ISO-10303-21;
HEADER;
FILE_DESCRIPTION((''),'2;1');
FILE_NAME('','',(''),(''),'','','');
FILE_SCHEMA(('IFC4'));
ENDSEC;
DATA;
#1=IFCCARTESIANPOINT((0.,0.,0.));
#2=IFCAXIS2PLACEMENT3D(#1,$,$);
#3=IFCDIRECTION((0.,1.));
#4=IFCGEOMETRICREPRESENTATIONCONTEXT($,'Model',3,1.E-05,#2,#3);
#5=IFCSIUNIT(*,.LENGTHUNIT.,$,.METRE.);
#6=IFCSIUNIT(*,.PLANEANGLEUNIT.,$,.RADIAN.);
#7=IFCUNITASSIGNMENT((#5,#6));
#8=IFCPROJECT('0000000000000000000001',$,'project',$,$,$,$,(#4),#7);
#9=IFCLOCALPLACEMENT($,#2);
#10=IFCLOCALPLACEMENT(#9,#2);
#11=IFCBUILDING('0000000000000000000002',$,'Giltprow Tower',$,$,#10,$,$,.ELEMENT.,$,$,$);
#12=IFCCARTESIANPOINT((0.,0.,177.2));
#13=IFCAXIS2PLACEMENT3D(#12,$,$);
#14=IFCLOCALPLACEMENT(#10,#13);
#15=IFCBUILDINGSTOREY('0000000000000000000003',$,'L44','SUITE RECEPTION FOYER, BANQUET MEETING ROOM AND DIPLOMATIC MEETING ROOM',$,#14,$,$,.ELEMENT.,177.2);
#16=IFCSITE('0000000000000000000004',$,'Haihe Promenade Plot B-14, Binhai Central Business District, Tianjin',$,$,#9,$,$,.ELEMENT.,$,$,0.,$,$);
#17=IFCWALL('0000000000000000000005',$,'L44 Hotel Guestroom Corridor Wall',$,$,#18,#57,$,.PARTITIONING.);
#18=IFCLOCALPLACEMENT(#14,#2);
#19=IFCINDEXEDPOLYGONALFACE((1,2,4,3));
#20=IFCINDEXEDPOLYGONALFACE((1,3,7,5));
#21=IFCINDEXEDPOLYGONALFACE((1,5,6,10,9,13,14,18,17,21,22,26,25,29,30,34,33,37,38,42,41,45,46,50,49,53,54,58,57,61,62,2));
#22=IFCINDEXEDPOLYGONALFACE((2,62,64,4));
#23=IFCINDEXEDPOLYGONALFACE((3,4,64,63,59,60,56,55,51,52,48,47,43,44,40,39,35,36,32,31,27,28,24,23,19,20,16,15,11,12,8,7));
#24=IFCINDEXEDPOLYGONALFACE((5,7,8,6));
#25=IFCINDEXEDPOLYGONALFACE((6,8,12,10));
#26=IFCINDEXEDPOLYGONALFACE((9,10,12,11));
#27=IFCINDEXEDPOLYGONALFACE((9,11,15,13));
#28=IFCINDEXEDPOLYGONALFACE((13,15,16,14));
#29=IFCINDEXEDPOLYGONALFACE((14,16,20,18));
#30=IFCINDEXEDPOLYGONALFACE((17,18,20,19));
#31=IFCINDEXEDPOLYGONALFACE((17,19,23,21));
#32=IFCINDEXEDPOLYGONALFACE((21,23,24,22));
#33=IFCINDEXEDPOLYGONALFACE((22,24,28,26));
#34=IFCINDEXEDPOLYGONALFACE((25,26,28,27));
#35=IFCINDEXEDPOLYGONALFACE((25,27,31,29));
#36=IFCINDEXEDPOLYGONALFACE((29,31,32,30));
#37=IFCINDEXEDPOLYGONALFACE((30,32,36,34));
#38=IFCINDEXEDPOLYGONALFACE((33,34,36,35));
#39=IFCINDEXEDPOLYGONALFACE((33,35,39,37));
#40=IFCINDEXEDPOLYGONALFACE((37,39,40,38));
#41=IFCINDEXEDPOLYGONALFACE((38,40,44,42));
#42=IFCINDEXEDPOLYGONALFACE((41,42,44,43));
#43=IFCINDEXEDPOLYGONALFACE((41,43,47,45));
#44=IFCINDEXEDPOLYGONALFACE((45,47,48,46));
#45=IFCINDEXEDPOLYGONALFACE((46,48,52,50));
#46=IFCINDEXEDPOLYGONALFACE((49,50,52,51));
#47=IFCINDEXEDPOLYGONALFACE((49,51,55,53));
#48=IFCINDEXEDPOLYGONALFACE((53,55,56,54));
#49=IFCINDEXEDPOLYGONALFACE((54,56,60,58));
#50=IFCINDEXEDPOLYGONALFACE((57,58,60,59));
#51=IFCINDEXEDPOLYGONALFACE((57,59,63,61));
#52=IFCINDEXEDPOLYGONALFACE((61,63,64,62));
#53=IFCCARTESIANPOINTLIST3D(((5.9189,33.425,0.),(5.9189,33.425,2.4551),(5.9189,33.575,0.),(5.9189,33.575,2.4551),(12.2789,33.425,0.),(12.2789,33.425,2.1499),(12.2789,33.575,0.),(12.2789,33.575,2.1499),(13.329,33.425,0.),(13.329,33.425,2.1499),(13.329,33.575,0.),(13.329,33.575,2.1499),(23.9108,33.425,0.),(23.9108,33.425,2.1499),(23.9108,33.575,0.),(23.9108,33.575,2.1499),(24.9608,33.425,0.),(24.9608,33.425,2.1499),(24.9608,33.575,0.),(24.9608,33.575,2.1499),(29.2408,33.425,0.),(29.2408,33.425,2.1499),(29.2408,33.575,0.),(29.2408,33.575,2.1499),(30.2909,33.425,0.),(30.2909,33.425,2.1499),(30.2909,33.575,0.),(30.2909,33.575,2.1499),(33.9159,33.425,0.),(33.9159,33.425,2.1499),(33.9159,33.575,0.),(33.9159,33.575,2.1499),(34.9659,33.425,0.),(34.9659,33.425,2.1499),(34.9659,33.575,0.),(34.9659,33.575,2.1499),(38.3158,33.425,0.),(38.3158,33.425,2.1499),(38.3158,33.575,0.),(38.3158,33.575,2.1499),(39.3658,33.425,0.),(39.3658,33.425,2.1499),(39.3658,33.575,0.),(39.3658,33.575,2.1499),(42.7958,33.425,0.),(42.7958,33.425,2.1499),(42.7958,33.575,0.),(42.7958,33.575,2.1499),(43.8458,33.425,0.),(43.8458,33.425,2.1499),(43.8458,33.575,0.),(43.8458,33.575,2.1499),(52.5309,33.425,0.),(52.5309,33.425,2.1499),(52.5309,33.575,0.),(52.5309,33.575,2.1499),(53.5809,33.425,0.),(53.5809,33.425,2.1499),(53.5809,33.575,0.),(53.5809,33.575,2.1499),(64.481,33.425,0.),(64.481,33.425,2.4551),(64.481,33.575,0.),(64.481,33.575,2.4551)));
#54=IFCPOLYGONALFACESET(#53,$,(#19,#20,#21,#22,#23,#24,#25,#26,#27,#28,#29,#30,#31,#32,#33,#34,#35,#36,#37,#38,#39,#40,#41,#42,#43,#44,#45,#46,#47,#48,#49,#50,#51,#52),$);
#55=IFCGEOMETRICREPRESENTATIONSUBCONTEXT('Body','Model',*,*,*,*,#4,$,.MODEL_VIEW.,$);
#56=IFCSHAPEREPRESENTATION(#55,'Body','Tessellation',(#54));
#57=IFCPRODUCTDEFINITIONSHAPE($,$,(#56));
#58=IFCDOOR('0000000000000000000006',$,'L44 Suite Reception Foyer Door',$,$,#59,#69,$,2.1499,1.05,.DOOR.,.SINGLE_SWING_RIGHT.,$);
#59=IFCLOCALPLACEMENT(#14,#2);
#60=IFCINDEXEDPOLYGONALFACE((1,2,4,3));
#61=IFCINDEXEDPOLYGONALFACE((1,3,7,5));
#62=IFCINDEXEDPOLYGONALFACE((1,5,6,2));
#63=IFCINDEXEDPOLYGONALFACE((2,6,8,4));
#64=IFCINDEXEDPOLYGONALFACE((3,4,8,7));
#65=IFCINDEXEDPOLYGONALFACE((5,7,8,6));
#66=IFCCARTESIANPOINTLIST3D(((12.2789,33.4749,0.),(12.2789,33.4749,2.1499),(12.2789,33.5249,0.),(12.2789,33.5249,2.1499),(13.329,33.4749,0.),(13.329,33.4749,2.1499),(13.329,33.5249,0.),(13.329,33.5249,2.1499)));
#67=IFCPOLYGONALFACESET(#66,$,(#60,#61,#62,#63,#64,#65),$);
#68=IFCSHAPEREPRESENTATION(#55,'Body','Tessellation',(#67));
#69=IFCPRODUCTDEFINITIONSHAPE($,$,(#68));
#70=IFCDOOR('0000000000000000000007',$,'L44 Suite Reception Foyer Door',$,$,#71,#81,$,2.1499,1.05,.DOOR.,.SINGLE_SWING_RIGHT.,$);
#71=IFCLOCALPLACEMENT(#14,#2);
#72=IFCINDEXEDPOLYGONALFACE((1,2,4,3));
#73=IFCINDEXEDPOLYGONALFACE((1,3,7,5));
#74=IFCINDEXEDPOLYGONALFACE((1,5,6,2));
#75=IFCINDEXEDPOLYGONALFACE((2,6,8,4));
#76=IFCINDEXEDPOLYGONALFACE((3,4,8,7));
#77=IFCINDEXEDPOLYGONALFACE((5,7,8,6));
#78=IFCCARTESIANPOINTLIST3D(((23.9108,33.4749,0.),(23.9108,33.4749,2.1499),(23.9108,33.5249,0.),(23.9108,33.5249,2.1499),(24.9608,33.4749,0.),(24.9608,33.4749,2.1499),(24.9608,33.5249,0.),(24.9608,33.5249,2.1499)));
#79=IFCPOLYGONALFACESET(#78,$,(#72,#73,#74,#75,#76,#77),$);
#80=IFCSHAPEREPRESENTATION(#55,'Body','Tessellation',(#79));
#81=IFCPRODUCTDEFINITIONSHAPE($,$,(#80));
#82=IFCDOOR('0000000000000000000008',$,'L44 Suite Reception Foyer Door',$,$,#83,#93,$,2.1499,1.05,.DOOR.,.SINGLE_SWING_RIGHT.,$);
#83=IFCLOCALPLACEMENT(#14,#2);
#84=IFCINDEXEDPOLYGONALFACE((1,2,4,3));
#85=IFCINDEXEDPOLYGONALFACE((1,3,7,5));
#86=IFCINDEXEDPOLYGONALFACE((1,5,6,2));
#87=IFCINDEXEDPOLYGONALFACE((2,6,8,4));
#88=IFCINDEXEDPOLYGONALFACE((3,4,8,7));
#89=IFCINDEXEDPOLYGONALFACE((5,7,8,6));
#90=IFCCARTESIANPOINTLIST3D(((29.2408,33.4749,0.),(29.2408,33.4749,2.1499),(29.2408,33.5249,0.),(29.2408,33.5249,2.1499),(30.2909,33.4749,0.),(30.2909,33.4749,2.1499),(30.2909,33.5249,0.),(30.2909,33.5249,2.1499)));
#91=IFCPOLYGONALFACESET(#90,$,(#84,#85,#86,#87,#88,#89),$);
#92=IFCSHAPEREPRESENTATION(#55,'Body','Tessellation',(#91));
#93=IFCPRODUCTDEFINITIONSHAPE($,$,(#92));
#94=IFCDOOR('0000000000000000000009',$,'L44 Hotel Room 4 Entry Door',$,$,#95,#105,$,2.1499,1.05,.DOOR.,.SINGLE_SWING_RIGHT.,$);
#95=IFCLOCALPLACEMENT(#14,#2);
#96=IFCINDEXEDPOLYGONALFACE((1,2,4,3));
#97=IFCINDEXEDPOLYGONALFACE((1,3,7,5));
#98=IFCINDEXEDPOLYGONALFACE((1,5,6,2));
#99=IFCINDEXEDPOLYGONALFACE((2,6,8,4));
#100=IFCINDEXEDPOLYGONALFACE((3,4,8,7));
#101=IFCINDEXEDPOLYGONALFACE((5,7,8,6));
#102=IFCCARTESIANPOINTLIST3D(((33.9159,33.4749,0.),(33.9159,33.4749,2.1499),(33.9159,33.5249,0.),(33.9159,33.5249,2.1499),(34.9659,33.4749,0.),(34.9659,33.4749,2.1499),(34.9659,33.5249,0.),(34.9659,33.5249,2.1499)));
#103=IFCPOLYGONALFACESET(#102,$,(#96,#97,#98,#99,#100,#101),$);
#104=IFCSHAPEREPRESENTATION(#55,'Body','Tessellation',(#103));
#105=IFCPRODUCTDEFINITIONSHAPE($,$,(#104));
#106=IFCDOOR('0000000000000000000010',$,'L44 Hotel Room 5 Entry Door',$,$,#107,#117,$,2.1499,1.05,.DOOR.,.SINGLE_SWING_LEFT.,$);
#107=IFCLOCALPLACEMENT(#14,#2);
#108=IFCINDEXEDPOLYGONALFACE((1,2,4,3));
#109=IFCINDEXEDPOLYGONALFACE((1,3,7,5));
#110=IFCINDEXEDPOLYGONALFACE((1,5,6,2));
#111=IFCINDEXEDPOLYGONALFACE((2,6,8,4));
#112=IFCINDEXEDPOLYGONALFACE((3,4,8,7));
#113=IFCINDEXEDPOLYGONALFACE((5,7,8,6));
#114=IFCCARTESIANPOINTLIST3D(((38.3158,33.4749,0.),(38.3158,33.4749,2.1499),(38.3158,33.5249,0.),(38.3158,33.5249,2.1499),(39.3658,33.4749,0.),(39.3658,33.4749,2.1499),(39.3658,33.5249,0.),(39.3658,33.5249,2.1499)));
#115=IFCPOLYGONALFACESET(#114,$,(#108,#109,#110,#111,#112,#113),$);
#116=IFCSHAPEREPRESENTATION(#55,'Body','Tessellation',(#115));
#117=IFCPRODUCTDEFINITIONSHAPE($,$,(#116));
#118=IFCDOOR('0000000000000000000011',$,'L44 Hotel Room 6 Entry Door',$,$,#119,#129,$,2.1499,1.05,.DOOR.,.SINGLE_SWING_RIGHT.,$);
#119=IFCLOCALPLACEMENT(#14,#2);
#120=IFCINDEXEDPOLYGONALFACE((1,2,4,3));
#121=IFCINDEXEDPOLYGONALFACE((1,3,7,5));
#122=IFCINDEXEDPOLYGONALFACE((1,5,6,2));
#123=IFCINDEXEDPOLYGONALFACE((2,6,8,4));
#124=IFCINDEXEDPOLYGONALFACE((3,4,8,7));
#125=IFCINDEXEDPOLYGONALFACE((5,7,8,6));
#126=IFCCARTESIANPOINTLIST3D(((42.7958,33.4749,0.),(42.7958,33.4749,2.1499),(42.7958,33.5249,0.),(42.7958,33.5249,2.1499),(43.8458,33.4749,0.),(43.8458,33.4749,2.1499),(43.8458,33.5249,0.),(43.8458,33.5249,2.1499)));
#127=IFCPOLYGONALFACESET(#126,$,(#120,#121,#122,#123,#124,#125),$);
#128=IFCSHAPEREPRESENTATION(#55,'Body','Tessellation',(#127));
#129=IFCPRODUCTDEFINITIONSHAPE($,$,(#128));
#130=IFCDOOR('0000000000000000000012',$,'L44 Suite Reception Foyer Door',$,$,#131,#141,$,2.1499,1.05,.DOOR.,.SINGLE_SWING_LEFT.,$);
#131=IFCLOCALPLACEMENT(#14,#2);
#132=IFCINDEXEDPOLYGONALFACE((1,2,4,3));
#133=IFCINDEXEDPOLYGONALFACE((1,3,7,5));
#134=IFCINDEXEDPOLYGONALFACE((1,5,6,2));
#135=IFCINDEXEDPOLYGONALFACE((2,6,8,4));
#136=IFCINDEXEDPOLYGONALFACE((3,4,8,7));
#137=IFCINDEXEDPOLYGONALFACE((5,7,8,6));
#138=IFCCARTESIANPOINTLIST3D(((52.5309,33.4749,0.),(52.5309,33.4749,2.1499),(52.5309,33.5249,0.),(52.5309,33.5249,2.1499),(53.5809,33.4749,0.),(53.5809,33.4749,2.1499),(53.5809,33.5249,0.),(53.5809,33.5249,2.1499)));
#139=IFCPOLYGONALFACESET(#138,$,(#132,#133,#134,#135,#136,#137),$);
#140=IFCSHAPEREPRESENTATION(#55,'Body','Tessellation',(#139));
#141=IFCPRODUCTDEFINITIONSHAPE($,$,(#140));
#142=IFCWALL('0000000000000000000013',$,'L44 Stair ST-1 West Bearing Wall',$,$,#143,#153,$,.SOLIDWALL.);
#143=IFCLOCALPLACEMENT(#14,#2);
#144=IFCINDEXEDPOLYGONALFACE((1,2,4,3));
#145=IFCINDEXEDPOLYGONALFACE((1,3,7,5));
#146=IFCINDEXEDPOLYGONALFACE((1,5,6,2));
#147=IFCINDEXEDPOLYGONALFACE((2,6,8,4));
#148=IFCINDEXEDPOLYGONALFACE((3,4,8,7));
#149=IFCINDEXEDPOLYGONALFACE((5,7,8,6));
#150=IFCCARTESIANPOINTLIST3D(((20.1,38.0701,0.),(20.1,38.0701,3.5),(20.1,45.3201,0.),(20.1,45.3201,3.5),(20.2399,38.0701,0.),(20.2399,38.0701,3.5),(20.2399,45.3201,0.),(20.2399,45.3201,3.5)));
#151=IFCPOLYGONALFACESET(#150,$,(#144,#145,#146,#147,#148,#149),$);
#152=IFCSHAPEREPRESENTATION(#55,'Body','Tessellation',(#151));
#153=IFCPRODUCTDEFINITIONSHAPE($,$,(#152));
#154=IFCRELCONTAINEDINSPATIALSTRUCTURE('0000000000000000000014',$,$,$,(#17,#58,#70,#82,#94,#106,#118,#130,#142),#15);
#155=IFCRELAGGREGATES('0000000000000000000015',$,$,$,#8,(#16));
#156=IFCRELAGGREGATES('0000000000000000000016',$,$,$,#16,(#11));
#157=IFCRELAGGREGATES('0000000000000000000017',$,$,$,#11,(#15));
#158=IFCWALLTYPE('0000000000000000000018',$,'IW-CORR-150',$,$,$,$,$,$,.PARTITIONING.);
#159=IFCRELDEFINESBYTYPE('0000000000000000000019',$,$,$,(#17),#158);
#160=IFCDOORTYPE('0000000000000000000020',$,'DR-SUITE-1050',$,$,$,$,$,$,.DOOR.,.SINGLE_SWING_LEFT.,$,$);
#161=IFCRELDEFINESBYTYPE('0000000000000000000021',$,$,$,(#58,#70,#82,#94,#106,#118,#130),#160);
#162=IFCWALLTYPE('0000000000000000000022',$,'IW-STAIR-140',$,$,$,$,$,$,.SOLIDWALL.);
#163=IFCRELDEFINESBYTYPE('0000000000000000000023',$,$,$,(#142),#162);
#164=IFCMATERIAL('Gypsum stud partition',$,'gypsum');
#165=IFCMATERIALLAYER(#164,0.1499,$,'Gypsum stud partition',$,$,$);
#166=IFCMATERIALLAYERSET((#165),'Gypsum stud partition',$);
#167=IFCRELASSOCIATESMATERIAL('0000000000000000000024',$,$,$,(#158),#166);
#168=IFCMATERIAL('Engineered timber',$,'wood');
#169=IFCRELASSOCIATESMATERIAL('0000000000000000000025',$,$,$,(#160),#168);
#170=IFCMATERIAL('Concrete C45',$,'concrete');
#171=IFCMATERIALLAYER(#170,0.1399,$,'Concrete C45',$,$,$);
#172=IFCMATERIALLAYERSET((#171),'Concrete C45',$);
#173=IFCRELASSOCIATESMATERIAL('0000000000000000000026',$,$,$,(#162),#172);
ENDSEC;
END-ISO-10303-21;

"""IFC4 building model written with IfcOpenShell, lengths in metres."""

from ifc_helpers import new_model, si_unit, direction, frame, frame_2d, origin, place, context, subcontext, project, spatial, rectangle, extrude, source, transform, mapped, material, layer, layer_set, type_object, element, fill, save


model = new_model("IFC4")

# Units and contexts
model_context = context("Model", 3, precision=1e-05, world=origin(), true_north=direction((0.0, 1.0)))
body_context = subcontext(model_context, "Body", "Model", "MODEL_VIEW")
ifc_project = project(units=[si_unit("LENGTHUNIT", "METRE"), si_unit("PLANEANGLEUNIT", "RADIAN")], contexts=[model_context])

# Site, building, storey
site_placement = place(None, origin())
site = spatial("IfcSite", under=ifc_project, at=site_placement, Name="Haihe Promenade Plot B-14, Binhai Central Business District, Tianjin", CompositionType="ELEMENT", RefElevation=0.0)
building_placement = place(site_placement, origin())
building = spatial("IfcBuilding", under=site, at=building_placement, Name="Giltprow Tower", CompositionType="ELEMENT")
storey_placement = place(building_placement, frame((0.0, 0.0, 177.2)))
storey = spatial("IfcBuildingStorey", under=building, at=storey_placement, Name="L44", Description="SUITE RECEPTION FOYER, BANQUET MEETING ROOM AND DIPLOMATIC MEETING ROOM", CompositionType="ELEMENT", Elevation=177.2)

# Wall, openings, doors
ifc_material_1 = material(Name="Gypsum stud partition", Category="gypsum")
ifc_layer_1 = layer(ifc_material_1, 0.1499, Name="Gypsum stud partition")
ifc_layer_set_1 = layer_set([ifc_layer_1], Name="Gypsum stud partition")
wall_type_1 = type_object("IfcWallType", Name="IW-CORR-150", PredefinedType="PARTITIONING", material=ifc_layer_set_1)
wall_1_placement = place(storey_placement, frame((5.9189, 33.5, 0.0), z_axis=(0.0, 0.0, 1.0), x_axis=(1.0, 0.0, 0.0)))
wall_1 = element("IfcWall", 1, at=wall_1_placement, inside=storey, type_object=wall_type_1, Name="L44 Hotel Guestroom Corridor Wall", PredefinedType="PARTITIONING", context=body_context, shape_type="SweptSolid", body=[
    extrude(rectangle(XDim=58.562, YDim=0.1499, at=frame_2d((29.281, 0.0))), origin(), (0.0, 0.0, 1.0), 2.4551),
])
opening_1_placement = place(wall_1_placement, frame((6.3601, 0.0, 0.0)))
opening_1 = element("IfcOpeningElement", 2, at=opening_1_placement, cuts=wall_1, PredefinedType="OPENING", context=body_context, shape_type="SweptSolid", body=[
    extrude(rectangle(XDim=1.05, YDim=2.1499, at=frame_2d((0.5249, 1.075))), frame((0.0, 0.085, 0.0), z_axis=(0.0, -1.0, 0.0), x_axis=(1.0, 0.0, 0.0)), (0.0, 0.0, 1.0), 0.1699),
])
opening_2_placement = place(wall_1_placement, frame((17.9919, 0.0, 0.0)))
opening_2 = element("IfcOpeningElement", 3, at=opening_2_placement, cuts=wall_1, PredefinedType="OPENING", context=body_context, shape_type="SweptSolid", body=[
    extrude(rectangle(XDim=1.05, YDim=2.1499, at=frame_2d((0.5249, 1.075))), frame((0.0, 0.085, 0.0), z_axis=(0.0, -1.0, 0.0), x_axis=(1.0, 0.0, 0.0)), (0.0, 0.0, 1.0), 0.1699),
])
opening_3_placement = place(wall_1_placement, frame((23.322, 0.0, 0.0)))
opening_3 = element("IfcOpeningElement", 4, at=opening_3_placement, cuts=wall_1, PredefinedType="OPENING", context=body_context, shape_type="SweptSolid", body=[
    extrude(rectangle(XDim=1.05, YDim=2.1499, at=frame_2d((0.5249, 1.075))), frame((0.0, 0.085, 0.0), z_axis=(0.0, -1.0, 0.0), x_axis=(1.0, 0.0, 0.0)), (0.0, 0.0, 1.0), 0.1699),
])
opening_4_placement = place(wall_1_placement, frame((27.9971, 0.0, 0.0)))
opening_4 = element("IfcOpeningElement", 5, at=opening_4_placement, cuts=wall_1, PredefinedType="OPENING", context=body_context, shape_type="SweptSolid", body=[
    extrude(rectangle(XDim=1.05, YDim=2.1499, at=frame_2d((0.5249, 1.075))), frame((0.0, 0.085, 0.0), z_axis=(0.0, -1.0, 0.0), x_axis=(1.0, 0.0, 0.0)), (0.0, 0.0, 1.0), 0.1699),
])
opening_5_placement = place(wall_1_placement, frame((32.397, 0.0, 0.0)))
opening_5 = element("IfcOpeningElement", 6, at=opening_5_placement, cuts=wall_1, PredefinedType="OPENING", context=body_context, shape_type="SweptSolid", body=[
    extrude(rectangle(XDim=1.05, YDim=2.1499, at=frame_2d((0.5249, 1.075))), frame((0.0, 0.085, 0.0), z_axis=(0.0, -1.0, 0.0), x_axis=(1.0, 0.0, 0.0)), (0.0, 0.0, 1.0), 0.1699),
])
opening_6_placement = place(wall_1_placement, frame((36.877, 0.0, 0.0)))
opening_6 = element("IfcOpeningElement", 7, at=opening_6_placement, cuts=wall_1, PredefinedType="OPENING", context=body_context, shape_type="SweptSolid", body=[
    extrude(rectangle(XDim=1.05, YDim=2.1499, at=frame_2d((0.5249, 1.075))), frame((0.0, 0.085, 0.0), z_axis=(0.0, -1.0, 0.0), x_axis=(1.0, 0.0, 0.0)), (0.0, 0.0, 1.0), 0.1699),
])
opening_7_placement = place(wall_1_placement, frame((46.6121, 0.0, 0.0)))
opening_7 = element("IfcOpeningElement", 8, at=opening_7_placement, cuts=wall_1, PredefinedType="OPENING", context=body_context, shape_type="SweptSolid", body=[
    extrude(rectangle(XDim=1.05, YDim=2.1499, at=frame_2d((0.5249, 1.075))), frame((0.0, 0.085, 0.0), z_axis=(0.0, -1.0, 0.0), x_axis=(1.0, 0.0, 0.0)), (0.0, 0.0, 1.0), 0.1699),
])
ifc_material_2 = material(Name="Engineered timber", Category="wood")
door_type_1 = type_object("IfcDoorType", Name="DR-SUITE-1050", OperationType="SINGLE_SWING_LEFT", PredefinedType="DOOR", material=ifc_material_2)
shared_shape_1 = source(origin(), body_context, "Body", "SweptSolid", [
    extrude(rectangle(XDim=1.05, YDim=2.1499, at=frame_2d((0.5249, 1.075))), frame((0.0, 0.0249, 0.0), z_axis=(0.0, -1.0, 0.0), x_axis=(1.0, 0.0, 0.0)), (0.0, 0.0, 1.0), 0.05),
])
door_1_placement = place(opening_1_placement, origin())
door_1 = element("IfcDoor", 9, at=door_1_placement, inside=storey, type_object=door_type_1, Name="L44 Suite Reception Foyer Door", OperationType="SINGLE_SWING_RIGHT", OverallHeight=2.1499, OverallWidth=1.05, PredefinedType="DOOR", context=body_context, shape_type="MappedRepresentation", body=[
    mapped(shared_shape_1, transform((0.0, 0.0, 0.0), x_axis=(1.0, 0.0, 0.0), y_axis=(0.0, 1.0, 0.0), z_axis=(0.0, 0.0, 1.0), scale=1.0)),
])
fill(opening_1, door_1)
door_2_placement = place(opening_2_placement, origin())
door_2 = element("IfcDoor", 10, at=door_2_placement, inside=storey, type_object=door_type_1, Name="L44 Suite Reception Foyer Door", OperationType="SINGLE_SWING_RIGHT", OverallHeight=2.1499, OverallWidth=1.05, PredefinedType="DOOR", context=body_context, shape_type="MappedRepresentation", body=[
    mapped(shared_shape_1, transform((0.0, 0.0, 0.0), x_axis=(1.0, 0.0, 0.0), y_axis=(0.0, 1.0, 0.0), z_axis=(0.0, 0.0, 1.0), scale=1.0)),
])
fill(opening_2, door_2)
door_3_placement = place(opening_3_placement, origin())
door_3 = element("IfcDoor", 11, at=door_3_placement, inside=storey, type_object=door_type_1, Name="L44 Suite Reception Foyer Door", OperationType="SINGLE_SWING_RIGHT", OverallHeight=2.1499, OverallWidth=1.05, PredefinedType="DOOR", context=body_context, shape_type="MappedRepresentation", body=[
    mapped(shared_shape_1, transform((0.0, 0.0, 0.0), x_axis=(1.0, 0.0, 0.0), y_axis=(0.0, 1.0, 0.0), z_axis=(0.0, 0.0, 1.0), scale=1.0)),
])
fill(opening_3, door_3)
door_4_placement = place(opening_4_placement, origin())
door_4 = element("IfcDoor", 12, at=door_4_placement, inside=storey, type_object=door_type_1, Name="L44 Hotel Room 4 Entry Door", OperationType="SINGLE_SWING_RIGHT", OverallHeight=2.1499, OverallWidth=1.05, PredefinedType="DOOR", context=body_context, shape_type="MappedRepresentation", body=[
    mapped(shared_shape_1, transform((0.0, 0.0, 0.0), x_axis=(1.0, 0.0, 0.0), y_axis=(0.0, 1.0, 0.0), z_axis=(0.0, 0.0, 1.0), scale=1.0)),
])
fill(opening_4, door_4)
door_5_placement = place(opening_5_placement, origin())
door_5 = element("IfcDoor", 13, at=door_5_placement, inside=storey, type_object=door_type_1, Name="L44 Hotel Room 5 Entry Door", OperationType="SINGLE_SWING_LEFT", OverallHeight=2.1499, OverallWidth=1.05, PredefinedType="DOOR", context=body_context, shape_type="MappedRepresentation", body=[
    mapped(shared_shape_1, transform((0.0, 0.0, 0.0), x_axis=(1.0, 0.0, 0.0), y_axis=(0.0, 1.0, 0.0), z_axis=(0.0, 0.0, 1.0), scale=1.0)),
])
fill(opening_5, door_5)
door_6_placement = place(opening_6_placement, origin())
door_6 = element("IfcDoor", 14, at=door_6_placement, inside=storey, type_object=door_type_1, Name="L44 Hotel Room 6 Entry Door", OperationType="SINGLE_SWING_RIGHT", OverallHeight=2.1499, OverallWidth=1.05, PredefinedType="DOOR", context=body_context, shape_type="MappedRepresentation", body=[
    mapped(shared_shape_1, transform((0.0, 0.0, 0.0), x_axis=(1.0, 0.0, 0.0), y_axis=(0.0, 1.0, 0.0), z_axis=(0.0, 0.0, 1.0), scale=1.0)),
])
fill(opening_6, door_6)
door_7_placement = place(opening_7_placement, origin())
door_7 = element("IfcDoor", 15, at=door_7_placement, inside=storey, type_object=door_type_1, Name="L44 Suite Reception Foyer Door", OperationType="SINGLE_SWING_LEFT", OverallHeight=2.1499, OverallWidth=1.05, PredefinedType="DOOR", context=body_context, shape_type="MappedRepresentation", body=[
    mapped(shared_shape_1, transform((0.0, 0.0, 0.0), x_axis=(1.0, 0.0, 0.0), y_axis=(0.0, 1.0, 0.0), z_axis=(0.0, 0.0, 1.0), scale=1.0)),
])
fill(opening_7, door_7)

# Wall
ifc_material_3 = material(Name="Concrete C45", Category="concrete")
ifc_layer_2 = layer(ifc_material_3, 0.1399, Name="Concrete C45")
ifc_layer_set_2 = layer_set([ifc_layer_2], Name="Concrete C45")
wall_type_2 = type_object("IfcWallType", Name="IW-STAIR-140", PredefinedType="SOLIDWALL", material=ifc_layer_set_2)
wall_2_placement = place(storey_placement, frame((20.1699, 38.0701, 0.0), z_axis=(0.0, 0.0, 1.0), x_axis=(0.0, 1.0, 0.0)))
element("IfcWall", 16, at=wall_2_placement, inside=storey, type_object=wall_type_2, Name="L44 Stair ST-1 West Bearing Wall", PredefinedType="SOLIDWALL", context=body_context, shape_type="SweptSolid", body=[
    extrude(rectangle(XDim=7.25, YDim=0.1399, at=frame_2d((3.625, 0.0))), origin(), (0.0, 0.0, 1.0), 3.5),
])

save(model, "model.ifc")
